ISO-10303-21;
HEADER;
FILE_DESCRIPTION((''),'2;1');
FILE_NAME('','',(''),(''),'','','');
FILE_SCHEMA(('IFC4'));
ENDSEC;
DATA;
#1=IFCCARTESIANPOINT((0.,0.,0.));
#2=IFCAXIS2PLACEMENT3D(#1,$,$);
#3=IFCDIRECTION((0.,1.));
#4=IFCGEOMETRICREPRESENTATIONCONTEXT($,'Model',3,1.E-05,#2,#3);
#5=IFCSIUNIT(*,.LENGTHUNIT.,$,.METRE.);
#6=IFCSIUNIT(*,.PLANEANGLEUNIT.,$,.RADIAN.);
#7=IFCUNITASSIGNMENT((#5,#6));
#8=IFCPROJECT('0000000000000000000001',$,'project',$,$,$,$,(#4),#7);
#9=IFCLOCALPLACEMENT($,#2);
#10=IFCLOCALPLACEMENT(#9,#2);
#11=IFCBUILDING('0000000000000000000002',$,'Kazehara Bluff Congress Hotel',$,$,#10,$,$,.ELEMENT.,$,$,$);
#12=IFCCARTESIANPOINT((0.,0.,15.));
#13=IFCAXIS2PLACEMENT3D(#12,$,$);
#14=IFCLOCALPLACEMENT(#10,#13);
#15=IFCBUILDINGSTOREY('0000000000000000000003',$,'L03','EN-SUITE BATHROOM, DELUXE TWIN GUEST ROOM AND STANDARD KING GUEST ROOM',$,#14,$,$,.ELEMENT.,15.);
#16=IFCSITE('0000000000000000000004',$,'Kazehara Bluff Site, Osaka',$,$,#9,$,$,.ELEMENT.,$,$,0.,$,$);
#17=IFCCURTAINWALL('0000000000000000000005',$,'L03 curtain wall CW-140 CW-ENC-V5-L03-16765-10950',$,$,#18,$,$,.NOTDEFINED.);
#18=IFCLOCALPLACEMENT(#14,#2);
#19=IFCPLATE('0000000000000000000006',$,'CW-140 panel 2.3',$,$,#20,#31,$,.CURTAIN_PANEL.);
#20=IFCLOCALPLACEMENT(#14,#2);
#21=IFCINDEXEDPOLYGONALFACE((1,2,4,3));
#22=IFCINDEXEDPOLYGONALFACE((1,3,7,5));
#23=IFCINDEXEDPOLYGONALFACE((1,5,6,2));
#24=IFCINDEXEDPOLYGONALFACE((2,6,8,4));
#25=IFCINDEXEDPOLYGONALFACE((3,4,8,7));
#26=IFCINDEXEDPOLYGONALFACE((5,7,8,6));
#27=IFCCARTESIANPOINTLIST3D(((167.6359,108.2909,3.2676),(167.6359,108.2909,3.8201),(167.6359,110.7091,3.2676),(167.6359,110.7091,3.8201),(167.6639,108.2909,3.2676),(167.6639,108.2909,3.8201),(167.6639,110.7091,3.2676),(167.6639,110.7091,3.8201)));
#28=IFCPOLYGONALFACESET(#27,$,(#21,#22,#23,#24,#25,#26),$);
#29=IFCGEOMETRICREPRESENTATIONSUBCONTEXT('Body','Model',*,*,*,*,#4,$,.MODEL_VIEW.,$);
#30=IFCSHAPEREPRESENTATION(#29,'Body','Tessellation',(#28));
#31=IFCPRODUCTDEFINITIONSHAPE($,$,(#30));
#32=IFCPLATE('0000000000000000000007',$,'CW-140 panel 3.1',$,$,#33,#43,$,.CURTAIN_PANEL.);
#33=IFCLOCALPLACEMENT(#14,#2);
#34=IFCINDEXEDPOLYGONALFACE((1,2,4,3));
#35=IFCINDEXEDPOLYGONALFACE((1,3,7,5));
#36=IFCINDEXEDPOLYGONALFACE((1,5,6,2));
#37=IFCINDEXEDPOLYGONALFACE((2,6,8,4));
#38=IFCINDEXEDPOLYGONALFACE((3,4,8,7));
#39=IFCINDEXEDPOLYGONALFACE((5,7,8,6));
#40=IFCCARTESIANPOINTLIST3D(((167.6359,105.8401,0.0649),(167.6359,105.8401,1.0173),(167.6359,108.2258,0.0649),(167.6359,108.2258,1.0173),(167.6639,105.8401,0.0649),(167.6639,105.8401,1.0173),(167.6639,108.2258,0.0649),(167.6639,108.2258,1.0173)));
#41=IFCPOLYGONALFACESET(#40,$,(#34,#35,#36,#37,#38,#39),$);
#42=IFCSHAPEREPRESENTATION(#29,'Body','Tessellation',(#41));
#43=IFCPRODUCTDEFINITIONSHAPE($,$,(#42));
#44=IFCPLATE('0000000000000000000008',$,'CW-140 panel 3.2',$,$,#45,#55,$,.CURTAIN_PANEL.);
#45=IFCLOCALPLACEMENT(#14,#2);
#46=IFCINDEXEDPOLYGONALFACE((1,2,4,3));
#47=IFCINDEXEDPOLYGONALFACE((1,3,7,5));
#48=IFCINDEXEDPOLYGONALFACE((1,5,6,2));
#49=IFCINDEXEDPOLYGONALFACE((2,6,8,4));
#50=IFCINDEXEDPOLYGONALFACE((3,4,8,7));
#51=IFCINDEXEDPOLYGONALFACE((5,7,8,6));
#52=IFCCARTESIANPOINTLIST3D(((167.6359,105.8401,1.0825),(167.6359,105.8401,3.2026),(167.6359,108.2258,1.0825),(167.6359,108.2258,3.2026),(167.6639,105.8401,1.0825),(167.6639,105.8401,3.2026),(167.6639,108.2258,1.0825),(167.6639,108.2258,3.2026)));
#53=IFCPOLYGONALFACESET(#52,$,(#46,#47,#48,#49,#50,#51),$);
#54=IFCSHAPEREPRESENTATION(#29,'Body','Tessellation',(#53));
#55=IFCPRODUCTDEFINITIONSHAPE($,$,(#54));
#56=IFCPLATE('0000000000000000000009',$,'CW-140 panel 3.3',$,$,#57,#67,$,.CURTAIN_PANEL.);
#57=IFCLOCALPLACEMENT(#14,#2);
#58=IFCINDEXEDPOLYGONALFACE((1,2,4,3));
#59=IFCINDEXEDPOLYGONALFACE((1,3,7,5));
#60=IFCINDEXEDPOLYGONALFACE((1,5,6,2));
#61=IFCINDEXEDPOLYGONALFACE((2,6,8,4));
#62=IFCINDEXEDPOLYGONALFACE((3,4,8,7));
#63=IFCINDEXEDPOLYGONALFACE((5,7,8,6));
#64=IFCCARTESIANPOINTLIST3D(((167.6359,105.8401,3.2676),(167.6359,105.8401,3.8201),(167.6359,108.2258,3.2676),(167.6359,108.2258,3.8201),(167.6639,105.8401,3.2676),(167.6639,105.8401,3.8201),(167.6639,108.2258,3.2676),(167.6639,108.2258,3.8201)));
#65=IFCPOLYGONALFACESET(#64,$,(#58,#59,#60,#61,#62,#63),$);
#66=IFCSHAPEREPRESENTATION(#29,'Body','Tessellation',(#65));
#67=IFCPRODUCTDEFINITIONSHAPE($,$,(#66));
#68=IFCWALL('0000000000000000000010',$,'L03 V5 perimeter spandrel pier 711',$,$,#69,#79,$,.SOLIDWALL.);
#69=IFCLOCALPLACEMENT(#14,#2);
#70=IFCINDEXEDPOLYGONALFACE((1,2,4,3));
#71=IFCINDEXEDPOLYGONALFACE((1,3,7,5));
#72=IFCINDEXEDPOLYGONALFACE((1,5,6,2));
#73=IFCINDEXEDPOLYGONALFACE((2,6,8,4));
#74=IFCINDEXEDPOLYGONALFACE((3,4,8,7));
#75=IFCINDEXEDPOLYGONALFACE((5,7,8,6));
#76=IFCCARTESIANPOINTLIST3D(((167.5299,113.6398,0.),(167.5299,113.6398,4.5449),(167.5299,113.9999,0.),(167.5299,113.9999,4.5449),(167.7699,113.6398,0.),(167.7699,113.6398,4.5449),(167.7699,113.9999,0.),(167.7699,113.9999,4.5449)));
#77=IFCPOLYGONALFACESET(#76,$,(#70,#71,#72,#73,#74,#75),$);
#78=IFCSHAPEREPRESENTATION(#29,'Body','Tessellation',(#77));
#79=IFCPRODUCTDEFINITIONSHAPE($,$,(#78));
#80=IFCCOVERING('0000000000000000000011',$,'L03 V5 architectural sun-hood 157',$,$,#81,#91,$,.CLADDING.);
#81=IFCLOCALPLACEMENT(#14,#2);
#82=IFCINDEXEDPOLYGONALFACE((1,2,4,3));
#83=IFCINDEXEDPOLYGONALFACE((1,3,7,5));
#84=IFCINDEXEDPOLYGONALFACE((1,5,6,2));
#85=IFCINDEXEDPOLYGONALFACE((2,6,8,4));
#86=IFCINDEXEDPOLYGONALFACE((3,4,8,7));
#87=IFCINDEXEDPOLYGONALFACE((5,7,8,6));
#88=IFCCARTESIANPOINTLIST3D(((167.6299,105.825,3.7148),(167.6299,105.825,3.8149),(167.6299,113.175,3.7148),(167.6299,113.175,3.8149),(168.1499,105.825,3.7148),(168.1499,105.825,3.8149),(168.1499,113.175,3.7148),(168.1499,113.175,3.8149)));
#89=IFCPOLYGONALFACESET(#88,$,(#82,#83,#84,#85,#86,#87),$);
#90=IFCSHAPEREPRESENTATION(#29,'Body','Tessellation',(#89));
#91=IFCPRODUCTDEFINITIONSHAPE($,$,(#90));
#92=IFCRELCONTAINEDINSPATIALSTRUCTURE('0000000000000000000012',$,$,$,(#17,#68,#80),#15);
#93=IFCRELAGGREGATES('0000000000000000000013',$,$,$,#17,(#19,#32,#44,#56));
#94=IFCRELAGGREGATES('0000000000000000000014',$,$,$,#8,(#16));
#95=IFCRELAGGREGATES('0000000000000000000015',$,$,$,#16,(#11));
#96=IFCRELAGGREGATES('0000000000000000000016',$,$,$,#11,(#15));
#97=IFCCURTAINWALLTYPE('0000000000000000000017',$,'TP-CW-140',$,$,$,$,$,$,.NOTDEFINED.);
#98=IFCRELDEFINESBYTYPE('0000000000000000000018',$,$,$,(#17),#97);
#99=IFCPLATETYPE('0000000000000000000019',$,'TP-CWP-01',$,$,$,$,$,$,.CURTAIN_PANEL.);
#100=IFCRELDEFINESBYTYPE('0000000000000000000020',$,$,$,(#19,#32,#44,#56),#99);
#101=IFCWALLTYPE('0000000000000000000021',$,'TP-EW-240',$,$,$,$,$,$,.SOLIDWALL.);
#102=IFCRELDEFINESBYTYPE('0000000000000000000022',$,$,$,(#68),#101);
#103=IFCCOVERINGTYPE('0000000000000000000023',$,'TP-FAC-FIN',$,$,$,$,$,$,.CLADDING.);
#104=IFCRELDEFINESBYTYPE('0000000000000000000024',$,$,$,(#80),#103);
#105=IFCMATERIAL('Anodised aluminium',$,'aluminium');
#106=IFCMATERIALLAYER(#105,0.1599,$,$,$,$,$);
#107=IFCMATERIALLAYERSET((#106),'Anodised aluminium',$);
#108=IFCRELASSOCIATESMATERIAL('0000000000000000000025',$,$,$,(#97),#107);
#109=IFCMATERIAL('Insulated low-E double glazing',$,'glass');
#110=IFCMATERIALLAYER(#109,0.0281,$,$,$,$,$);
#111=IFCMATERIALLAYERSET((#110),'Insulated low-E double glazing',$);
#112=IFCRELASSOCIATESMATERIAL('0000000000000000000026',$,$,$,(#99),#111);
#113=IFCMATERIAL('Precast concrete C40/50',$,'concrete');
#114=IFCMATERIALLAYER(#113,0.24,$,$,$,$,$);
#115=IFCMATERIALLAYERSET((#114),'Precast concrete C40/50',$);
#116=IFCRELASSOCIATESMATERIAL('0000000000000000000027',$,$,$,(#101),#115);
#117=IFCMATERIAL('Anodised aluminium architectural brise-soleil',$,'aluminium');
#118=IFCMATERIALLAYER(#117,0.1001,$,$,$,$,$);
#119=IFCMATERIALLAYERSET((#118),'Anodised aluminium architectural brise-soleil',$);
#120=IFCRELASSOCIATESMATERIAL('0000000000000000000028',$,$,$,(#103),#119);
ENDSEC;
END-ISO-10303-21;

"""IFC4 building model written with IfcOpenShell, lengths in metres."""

from ifc_helpers import new_model, si_unit, direction, frame, frame_2d, origin, origin_2d, place, context, subcontext, project, spatial, rectangle, extrude, material, layer, layer_set, type_object, element, aggregate, save


model = new_model("IFC4")

# Units and contexts
model_context = context("Model", 3, precision=1e-05, world=origin(), true_north=direction((0.0, 1.0)))
body_context = subcontext(model_context, "Body", "Model", "MODEL_VIEW")
ifc_project = project(units=[si_unit("LENGTHUNIT", "METRE"), si_unit("PLANEANGLEUNIT", "RADIAN")], contexts=[model_context])

# Site, building, storey
site_placement = place(None, origin())
site = spatial("IfcSite", under=ifc_project, at=site_placement, Name="Kazehara Bluff Site, Osaka", CompositionType="ELEMENT", RefElevation=0.0)
building_placement = place(site_placement, origin())
building = spatial("IfcBuilding", under=site, at=building_placement, Name="Kazehara Bluff Congress Hotel", CompositionType="ELEMENT")
storey_placement = place(building_placement, frame((0.0, 0.0, 15.0)))
storey = spatial("IfcBuildingStorey", under=building, at=storey_placement, Name="L03", Description="EN-SUITE BATHROOM, DELUXE TWIN GUEST ROOM AND STANDARD KING GUEST ROOM", CompositionType="ELEMENT", Elevation=15.0)

# Curtain wall
ifc_material_1 = material(Name="Anodised aluminium", Category="aluminium")
ifc_layer_1 = layer(ifc_material_1, 0.1599)
ifc_layer_set_1 = layer_set([ifc_layer_1], Name="Anodised aluminium")
curtain_wall_type_1 = type_object("IfcCurtainWallType", Name="TP-CW-140", PredefinedType="NOTDEFINED", material=ifc_layer_set_1)
curtain_wall_1_placement = place(storey_placement, origin())
curtain_wall_1 = element("IfcCurtainWall", 1, at=curtain_wall_1_placement, inside=storey, type_object=curtain_wall_type_1, Name="L03 curtain wall CW-140 CW-ENC-V5-L03-16765-10950", PredefinedType="NOTDEFINED")

# Plates
ifc_material_2 = material(Name="Insulated low-E double glazing", Category="glass")
ifc_layer_2 = layer(ifc_material_2, 0.0281)
ifc_layer_set_2 = layer_set([ifc_layer_2], Name="Insulated low-E double glazing")
plate_type = type_object("IfcPlateType", Name="TP-CWP-01", PredefinedType="CURTAIN_PANEL", material=ifc_layer_set_2)
plate_1_placement = place(storey_placement, frame((167.6499, 109.5, 3.2676), z_axis=(0.0, 0.0, 1.0), x_axis=(0.0, -1.0, 0.0)))
plate_1 = element("IfcPlate", 2, at=plate_1_placement, type_object=plate_type, Name="CW-140 panel 2.3", PredefinedType="CURTAIN_PANEL", context=body_context, shape_type="SweptSolid", body=[
    extrude(rectangle(XDim=2.4182, YDim=0.0281, at=origin_2d()), origin(), (0.0, 0.0, 1.0), 0.5525),
])
plate_2_placement = place(storey_placement, frame((167.6499, 107.033, 0.0649), z_axis=(0.0, 0.0, 1.0), x_axis=(0.0, -1.0, 0.0)))
plate_2 = element("IfcPlate", 3, at=plate_2_placement, type_object=plate_type, Name="CW-140 panel 3.1", PredefinedType="CURTAIN_PANEL", context=body_context, shape_type="SweptSolid", body=[
    extrude(rectangle(XDim=2.3857, YDim=0.0281, at=origin_2d()), origin(), (0.0, 0.0, 1.0), 0.9524),
])
plate_3_placement = place(storey_placement, frame((167.6499, 107.033, 1.0825), z_axis=(0.0, 0.0, 1.0), x_axis=(0.0, -1.0, 0.0)))
plate_3 = element("IfcPlate", 4, at=plate_3_placement, type_object=plate_type, Name="CW-140 panel 3.2", PredefinedType="CURTAIN_PANEL", context=body_context, shape_type="SweptSolid", body=[
    extrude(rectangle(XDim=2.3857, YDim=0.0281, at=origin_2d()), origin(), (0.0, 0.0, 1.0), 2.1201),
])
plate_4_placement = place(storey_placement, frame((167.6499, 107.033, 3.2676), z_axis=(0.0, 0.0, 1.0), x_axis=(0.0, -1.0, 0.0)))
plate_4 = element("IfcPlate", 5, at=plate_4_placement, type_object=plate_type, Name="CW-140 panel 3.3", PredefinedType="CURTAIN_PANEL", context=body_context, shape_type="SweptSolid", body=[
    extrude(rectangle(XDim=2.3857, YDim=0.0281, at=origin_2d()), origin(), (0.0, 0.0, 1.0), 0.5525),
])
aggregate(curtain_wall_1, [plate_1, plate_2, plate_3, plate_4])

# Wall
ifc_material_3 = material(Name="Precast concrete C40/50", Category="concrete")
ifc_layer_3 = layer(ifc_material_3, 0.24)
ifc_layer_set_3 = layer_set([ifc_layer_3], Name="Precast concrete C40/50")
wall_type = type_object("IfcWallType", Name="TP-EW-240", PredefinedType="SOLIDWALL", material=ifc_layer_set_3)
wall_placement = place(storey_placement, frame((167.6499, 114.0, 0.0), z_axis=(0.0, 0.0, 1.0), x_axis=(0.0, -1.0, 0.0)))
element("IfcWall", 6, at=wall_placement, inside=storey, type_object=wall_type, Name="L03 V5 perimeter spandrel pier 711", PredefinedType="SOLIDWALL", context=body_context, shape_type="SweptSolid", body=[
    extrude(rectangle(XDim=0.3601, YDim=0.24, at=frame_2d((0.1802, 0.0))), origin(), (0.0, 0.0, 1.0), 4.5449),
])

# Covering
ifc_material_4 = material(Name="Anodised aluminium architectural brise-soleil", Category="aluminium")
ifc_layer_4 = layer(ifc_material_4, 0.1001)
ifc_layer_set_4 = layer_set([ifc_layer_4], Name="Anodised aluminium architectural brise-soleil")
covering_type = type_object("IfcCoveringType", Name="TP-FAC-FIN", PredefinedType="CLADDING", material=ifc_layer_set_4)
covering_placement = place(storey_placement, frame((167.8899, 109.5, 3.7148), z_axis=(0.0, 0.0, 1.0), x_axis=(1.0, 0.0, 0.0)))
element("IfcCovering", 7, at=covering_placement, inside=storey, type_object=covering_type, Name="L03 V5 architectural sun-hood 157", PredefinedType="CLADDING", context=body_context, shape_type="SweptSolid", body=[
    extrude(rectangle(XDim=0.52, YDim=7.3501, at=origin_2d()), origin(), (0.0, 0.0, 1.0), 0.1001),
])

save(model, "model.ifc")
